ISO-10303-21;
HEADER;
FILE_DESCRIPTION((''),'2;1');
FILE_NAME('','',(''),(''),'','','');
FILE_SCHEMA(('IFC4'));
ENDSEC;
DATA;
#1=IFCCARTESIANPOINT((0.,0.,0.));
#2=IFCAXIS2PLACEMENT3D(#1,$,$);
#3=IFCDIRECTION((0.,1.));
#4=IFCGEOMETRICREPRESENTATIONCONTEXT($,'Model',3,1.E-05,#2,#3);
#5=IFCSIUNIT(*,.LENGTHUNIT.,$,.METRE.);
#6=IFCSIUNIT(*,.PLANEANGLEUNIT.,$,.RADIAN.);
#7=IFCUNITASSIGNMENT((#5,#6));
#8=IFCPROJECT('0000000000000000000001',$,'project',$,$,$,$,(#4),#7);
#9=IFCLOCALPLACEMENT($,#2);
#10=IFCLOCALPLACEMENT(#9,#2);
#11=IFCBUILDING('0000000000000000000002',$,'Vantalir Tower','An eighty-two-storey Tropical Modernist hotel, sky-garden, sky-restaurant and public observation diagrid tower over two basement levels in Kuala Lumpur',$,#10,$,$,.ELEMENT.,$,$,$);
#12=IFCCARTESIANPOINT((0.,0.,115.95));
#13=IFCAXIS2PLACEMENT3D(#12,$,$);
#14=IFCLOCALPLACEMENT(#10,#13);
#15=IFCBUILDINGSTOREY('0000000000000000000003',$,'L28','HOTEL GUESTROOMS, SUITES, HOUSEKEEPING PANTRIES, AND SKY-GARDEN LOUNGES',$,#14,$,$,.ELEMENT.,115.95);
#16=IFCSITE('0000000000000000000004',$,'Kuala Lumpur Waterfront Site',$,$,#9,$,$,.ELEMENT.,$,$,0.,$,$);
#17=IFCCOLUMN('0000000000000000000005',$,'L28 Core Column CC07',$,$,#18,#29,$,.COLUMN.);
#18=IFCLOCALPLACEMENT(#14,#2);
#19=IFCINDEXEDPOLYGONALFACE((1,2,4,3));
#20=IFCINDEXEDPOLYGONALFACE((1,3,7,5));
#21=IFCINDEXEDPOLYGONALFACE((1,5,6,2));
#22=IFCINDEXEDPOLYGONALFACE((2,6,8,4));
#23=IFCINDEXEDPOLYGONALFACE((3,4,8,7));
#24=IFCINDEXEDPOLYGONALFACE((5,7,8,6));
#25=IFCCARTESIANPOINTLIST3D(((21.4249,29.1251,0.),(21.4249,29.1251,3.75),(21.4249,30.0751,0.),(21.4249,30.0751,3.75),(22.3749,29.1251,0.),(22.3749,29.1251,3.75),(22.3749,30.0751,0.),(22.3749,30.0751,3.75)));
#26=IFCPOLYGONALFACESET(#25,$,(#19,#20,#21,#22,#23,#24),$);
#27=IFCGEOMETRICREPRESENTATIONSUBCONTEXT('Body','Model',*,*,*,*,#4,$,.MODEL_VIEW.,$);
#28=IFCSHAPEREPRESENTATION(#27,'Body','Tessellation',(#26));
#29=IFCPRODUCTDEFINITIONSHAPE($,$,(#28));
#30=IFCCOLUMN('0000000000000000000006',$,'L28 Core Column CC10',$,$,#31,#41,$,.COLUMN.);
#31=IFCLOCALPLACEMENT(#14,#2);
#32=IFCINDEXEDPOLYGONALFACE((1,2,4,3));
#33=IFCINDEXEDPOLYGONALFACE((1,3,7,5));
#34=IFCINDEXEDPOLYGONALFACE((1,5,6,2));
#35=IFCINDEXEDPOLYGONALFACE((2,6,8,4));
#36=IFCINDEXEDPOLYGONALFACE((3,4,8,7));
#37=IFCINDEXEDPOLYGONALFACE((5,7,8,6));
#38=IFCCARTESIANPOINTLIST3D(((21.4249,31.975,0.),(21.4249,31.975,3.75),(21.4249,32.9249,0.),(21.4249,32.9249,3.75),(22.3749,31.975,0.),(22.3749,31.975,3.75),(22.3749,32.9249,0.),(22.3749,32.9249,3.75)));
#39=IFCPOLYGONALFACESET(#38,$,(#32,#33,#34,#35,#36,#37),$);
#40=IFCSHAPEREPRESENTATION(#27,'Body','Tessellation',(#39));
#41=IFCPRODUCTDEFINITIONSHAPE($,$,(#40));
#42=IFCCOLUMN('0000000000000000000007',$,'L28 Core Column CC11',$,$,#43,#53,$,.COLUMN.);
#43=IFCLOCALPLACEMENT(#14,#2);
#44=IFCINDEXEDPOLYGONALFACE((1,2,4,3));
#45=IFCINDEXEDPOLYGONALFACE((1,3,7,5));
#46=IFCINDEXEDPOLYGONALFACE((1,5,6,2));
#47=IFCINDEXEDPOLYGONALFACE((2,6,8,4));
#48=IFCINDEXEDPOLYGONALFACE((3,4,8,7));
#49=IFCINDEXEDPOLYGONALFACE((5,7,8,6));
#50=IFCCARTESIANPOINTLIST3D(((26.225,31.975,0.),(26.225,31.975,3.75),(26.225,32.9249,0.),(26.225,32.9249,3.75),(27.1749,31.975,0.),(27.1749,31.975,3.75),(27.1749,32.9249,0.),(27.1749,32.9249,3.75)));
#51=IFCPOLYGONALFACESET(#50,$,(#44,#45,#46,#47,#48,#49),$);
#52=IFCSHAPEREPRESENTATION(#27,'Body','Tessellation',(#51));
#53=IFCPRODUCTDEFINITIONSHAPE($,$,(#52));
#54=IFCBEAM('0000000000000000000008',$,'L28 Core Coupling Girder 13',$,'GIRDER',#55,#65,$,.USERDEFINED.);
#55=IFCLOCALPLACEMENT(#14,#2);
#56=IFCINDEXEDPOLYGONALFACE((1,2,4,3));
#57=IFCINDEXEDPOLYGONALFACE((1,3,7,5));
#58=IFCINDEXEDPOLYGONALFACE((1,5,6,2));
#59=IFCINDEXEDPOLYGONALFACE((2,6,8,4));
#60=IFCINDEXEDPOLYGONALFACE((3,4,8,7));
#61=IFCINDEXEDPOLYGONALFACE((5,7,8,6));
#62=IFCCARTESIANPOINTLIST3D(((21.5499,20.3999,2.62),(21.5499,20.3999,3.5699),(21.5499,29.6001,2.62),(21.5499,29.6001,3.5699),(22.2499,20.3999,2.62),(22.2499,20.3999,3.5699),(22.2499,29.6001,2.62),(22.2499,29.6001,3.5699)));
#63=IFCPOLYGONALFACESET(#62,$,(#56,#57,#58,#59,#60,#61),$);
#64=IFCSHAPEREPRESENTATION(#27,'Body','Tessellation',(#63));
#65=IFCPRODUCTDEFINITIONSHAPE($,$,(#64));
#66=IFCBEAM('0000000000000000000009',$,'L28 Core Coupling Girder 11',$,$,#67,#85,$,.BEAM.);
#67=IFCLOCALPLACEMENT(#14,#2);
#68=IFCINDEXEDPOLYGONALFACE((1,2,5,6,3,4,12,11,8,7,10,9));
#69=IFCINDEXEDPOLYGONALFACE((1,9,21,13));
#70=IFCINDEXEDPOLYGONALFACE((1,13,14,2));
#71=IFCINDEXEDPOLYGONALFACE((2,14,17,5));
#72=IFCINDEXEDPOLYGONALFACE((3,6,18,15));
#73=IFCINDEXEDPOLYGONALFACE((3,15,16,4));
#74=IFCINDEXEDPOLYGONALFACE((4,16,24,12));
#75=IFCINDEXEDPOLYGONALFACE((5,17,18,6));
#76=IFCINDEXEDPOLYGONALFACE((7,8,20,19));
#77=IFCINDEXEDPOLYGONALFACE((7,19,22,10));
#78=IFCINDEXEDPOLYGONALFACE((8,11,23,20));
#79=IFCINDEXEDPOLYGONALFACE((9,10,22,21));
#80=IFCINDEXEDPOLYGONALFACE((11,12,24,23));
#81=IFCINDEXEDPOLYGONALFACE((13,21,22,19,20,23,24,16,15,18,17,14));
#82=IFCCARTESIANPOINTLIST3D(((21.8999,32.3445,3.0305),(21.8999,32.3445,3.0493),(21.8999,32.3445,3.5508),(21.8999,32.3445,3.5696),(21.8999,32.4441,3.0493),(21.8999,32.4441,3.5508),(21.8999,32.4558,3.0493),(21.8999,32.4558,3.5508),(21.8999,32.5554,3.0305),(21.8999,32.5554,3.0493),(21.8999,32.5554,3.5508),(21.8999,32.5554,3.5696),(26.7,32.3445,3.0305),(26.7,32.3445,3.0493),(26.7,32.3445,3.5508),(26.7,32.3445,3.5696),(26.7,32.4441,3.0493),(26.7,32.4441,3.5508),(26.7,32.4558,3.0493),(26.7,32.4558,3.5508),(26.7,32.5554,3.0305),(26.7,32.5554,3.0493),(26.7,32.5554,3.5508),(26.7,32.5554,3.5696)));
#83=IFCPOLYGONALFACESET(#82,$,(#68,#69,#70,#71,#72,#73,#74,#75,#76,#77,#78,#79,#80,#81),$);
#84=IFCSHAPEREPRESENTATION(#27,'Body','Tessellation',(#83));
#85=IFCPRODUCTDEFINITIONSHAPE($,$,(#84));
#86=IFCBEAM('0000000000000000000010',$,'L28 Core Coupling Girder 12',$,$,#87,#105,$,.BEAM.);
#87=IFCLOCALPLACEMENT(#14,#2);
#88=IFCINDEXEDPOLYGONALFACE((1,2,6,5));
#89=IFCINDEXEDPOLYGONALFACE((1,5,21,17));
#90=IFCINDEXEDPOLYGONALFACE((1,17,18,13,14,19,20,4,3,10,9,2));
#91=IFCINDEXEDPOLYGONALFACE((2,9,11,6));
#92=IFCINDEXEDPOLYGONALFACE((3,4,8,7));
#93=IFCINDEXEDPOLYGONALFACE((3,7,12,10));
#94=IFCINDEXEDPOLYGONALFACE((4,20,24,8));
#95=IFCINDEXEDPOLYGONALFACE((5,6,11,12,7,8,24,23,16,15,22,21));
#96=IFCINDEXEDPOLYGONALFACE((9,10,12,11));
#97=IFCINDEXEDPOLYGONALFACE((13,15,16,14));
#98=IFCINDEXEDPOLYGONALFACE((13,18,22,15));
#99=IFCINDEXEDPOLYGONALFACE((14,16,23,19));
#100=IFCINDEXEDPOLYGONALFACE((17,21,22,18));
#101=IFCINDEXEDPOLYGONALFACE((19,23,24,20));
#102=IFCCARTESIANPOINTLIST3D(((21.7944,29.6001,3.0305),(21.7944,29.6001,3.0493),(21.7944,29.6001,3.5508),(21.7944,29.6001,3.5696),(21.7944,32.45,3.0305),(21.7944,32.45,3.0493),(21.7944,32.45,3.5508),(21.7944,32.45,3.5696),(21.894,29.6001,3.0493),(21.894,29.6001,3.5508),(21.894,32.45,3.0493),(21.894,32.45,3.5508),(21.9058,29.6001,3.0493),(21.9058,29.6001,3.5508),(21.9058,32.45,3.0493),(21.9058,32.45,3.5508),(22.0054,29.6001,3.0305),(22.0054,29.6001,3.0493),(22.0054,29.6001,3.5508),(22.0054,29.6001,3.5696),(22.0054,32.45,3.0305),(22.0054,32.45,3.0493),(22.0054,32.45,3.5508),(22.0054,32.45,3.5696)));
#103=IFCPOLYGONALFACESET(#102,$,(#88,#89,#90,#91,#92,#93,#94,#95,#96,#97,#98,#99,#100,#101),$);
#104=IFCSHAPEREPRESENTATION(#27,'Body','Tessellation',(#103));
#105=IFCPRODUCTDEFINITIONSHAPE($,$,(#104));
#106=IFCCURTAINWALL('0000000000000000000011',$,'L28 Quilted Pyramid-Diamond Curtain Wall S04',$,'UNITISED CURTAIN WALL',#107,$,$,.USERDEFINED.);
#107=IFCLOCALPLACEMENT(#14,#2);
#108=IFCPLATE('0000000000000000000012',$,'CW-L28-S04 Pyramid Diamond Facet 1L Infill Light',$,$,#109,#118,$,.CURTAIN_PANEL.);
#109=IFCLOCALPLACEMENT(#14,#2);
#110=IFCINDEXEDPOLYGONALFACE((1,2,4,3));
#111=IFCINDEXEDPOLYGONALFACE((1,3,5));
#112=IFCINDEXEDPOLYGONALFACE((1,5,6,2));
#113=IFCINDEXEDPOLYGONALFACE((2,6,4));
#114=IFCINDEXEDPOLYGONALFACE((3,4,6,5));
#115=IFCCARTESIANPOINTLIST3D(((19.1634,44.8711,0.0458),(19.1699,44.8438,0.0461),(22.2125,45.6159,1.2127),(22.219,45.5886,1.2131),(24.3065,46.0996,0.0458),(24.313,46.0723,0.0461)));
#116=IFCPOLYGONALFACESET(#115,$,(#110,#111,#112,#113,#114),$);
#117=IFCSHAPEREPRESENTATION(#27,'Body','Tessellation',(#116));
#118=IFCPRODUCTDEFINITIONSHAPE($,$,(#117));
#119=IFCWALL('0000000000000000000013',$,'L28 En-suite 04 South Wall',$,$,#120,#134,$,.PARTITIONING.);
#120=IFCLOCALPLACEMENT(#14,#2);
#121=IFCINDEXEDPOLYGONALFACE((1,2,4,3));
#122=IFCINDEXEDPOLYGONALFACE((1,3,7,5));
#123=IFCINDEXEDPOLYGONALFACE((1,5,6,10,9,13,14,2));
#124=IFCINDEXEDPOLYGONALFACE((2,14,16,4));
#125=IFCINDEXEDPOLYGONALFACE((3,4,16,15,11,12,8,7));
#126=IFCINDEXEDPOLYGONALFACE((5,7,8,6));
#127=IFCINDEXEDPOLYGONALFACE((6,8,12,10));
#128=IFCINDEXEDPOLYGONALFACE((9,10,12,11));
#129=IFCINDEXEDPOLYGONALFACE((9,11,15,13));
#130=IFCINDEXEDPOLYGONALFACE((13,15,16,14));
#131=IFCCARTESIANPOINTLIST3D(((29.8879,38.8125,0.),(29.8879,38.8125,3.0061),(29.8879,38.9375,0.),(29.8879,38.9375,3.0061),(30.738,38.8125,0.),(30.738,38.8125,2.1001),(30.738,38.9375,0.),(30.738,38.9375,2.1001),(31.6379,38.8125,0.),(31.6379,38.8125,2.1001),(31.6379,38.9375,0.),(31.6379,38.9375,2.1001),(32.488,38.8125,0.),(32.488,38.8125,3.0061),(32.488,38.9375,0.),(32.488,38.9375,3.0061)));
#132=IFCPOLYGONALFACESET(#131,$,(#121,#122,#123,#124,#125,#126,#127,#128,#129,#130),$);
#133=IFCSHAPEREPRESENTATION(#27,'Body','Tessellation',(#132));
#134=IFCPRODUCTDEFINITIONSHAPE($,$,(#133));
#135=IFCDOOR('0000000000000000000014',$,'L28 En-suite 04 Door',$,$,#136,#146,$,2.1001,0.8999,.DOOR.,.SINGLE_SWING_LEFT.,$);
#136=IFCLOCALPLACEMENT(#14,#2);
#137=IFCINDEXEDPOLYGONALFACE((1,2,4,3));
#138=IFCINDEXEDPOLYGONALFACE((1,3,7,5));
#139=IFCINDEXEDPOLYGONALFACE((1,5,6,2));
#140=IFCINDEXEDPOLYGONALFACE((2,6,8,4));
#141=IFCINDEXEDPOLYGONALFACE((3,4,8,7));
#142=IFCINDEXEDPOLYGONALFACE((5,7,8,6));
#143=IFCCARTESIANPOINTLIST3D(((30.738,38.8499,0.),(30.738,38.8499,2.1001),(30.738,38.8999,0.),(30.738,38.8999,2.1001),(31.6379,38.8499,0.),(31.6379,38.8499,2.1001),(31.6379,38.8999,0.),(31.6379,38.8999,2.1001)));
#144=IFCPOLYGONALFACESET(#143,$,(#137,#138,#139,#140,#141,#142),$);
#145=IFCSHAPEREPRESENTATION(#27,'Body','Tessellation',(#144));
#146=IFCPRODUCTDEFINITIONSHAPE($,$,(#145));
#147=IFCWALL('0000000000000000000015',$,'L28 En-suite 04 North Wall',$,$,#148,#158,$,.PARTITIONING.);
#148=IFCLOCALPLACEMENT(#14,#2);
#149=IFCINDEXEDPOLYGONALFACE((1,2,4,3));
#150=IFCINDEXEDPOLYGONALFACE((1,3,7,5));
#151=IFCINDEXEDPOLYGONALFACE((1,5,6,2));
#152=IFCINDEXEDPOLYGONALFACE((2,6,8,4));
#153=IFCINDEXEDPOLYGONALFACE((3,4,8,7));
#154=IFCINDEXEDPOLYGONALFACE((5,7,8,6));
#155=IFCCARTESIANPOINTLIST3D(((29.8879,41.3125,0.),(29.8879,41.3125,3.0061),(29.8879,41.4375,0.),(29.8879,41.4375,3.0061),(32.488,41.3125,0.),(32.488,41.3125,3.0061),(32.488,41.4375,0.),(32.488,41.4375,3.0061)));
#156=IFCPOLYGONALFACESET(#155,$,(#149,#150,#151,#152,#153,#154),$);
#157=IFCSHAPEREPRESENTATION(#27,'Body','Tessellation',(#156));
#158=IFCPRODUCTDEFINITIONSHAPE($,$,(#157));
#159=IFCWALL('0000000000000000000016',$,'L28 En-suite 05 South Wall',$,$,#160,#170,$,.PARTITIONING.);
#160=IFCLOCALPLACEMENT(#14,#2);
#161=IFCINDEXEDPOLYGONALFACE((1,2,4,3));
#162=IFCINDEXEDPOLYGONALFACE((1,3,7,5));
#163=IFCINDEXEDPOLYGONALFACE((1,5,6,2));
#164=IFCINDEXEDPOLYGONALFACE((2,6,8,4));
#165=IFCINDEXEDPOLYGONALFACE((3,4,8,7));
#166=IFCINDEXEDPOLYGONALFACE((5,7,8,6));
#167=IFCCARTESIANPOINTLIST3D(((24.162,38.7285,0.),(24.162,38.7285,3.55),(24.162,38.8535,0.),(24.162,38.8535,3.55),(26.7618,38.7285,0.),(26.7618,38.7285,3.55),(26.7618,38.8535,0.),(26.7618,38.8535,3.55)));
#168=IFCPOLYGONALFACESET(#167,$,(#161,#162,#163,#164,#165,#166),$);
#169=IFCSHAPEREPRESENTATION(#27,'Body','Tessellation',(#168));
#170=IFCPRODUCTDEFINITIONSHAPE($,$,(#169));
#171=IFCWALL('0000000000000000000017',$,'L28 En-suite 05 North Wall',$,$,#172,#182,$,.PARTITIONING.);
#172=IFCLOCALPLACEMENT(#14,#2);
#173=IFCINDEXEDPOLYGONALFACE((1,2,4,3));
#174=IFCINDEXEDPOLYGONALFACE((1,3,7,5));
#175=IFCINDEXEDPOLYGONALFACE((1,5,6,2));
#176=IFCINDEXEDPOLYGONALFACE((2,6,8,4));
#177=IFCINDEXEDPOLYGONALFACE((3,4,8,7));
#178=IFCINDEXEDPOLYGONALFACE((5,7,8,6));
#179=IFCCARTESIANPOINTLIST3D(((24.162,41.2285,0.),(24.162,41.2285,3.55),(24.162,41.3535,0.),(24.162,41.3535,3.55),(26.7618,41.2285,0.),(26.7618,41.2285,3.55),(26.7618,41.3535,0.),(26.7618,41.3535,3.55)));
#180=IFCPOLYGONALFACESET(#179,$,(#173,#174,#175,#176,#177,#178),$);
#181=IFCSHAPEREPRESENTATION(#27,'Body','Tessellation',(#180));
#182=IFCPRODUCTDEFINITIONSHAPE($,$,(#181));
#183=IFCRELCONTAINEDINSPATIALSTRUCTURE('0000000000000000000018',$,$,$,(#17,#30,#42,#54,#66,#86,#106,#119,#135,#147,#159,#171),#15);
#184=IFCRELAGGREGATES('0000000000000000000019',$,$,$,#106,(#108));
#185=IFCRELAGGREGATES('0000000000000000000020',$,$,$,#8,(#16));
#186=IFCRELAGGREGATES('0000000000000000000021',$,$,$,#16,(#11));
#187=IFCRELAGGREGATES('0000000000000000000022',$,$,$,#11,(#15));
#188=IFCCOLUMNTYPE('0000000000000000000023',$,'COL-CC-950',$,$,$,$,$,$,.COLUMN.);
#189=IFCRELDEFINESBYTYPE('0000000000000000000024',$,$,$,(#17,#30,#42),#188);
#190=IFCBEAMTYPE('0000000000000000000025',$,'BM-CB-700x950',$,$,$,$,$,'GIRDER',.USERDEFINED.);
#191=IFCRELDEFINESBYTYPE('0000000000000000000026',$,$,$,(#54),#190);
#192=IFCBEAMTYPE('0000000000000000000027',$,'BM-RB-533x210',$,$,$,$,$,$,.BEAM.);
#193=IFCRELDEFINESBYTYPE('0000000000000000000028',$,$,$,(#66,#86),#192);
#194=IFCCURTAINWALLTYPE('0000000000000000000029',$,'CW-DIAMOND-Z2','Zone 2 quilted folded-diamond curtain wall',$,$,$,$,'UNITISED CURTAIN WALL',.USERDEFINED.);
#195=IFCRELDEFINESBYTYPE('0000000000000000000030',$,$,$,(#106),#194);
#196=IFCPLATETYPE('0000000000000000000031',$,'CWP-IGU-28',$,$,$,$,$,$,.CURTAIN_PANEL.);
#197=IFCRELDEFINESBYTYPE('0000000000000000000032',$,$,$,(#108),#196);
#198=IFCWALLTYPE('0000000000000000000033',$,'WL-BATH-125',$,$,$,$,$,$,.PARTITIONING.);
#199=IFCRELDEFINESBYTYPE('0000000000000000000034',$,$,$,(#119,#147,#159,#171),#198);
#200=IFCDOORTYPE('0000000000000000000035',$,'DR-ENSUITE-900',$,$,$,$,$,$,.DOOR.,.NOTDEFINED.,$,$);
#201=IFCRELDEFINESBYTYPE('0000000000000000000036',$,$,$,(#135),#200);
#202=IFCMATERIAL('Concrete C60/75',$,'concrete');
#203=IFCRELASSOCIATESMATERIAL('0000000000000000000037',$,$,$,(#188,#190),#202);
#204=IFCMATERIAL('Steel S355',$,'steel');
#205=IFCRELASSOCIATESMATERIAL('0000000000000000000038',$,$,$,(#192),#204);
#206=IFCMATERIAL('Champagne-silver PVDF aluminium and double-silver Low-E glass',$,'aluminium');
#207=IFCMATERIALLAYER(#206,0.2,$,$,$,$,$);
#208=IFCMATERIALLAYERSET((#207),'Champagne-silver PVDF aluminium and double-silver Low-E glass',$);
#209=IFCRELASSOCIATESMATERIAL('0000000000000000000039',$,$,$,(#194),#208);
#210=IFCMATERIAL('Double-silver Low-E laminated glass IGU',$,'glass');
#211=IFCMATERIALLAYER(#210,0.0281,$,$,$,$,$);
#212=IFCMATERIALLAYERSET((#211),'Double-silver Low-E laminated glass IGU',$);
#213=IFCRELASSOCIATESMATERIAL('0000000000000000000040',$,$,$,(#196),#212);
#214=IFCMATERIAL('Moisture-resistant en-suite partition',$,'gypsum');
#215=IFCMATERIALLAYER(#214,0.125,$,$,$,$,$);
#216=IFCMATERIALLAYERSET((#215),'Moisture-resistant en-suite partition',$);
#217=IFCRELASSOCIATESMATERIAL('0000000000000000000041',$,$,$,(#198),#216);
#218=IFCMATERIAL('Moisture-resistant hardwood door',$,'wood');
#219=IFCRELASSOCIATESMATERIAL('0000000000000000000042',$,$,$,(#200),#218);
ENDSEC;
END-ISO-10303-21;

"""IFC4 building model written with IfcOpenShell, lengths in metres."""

from ifc_helpers import new_model, si_unit, direction, frame, frame_2d, origin, origin_2d, place, context, subcontext, project, spatial, polyline, rectangle, i_section, outline, extrude, material, layer, layer_set, material_profile, profile_set, type_object, element, fill, aggregate, save


model = new_model("IFC4")

# Units and contexts
model_context = context("Model", 3, precision=1e-05, world=origin(), true_north=direction((0.0, 1.0)))
body_context = subcontext(model_context, "Body", "Model", "MODEL_VIEW")
ifc_project = project(units=[si_unit("LENGTHUNIT", "METRE"), si_unit("PLANEANGLEUNIT", "RADIAN")], contexts=[model_context])

# Site, building, storey
site_placement = place(None, origin())
site = spatial("IfcSite", under=ifc_project, at=site_placement, Name="Kuala Lumpur Waterfront Site", CompositionType="ELEMENT", RefElevation=0.0)
building_placement = place(site_placement, origin())
building = spatial("IfcBuilding", under=site, at=building_placement, Name="Vantalir Tower", Description="An eighty-two-storey Tropical Modernist hotel, sky-garden, sky-restaurant and public observation diagrid tower over two basement levels in Kuala Lumpur", CompositionType="ELEMENT")
storey_placement = place(building_placement, frame((0.0, 0.0, 115.95)))
storey = spatial("IfcBuildingStorey", under=building, at=storey_placement, Name="L28", Description="HOTEL GUESTROOMS, SUITES, HOUSEKEEPING PANTRIES, AND SKY-GARDEN LOUNGES", CompositionType="ELEMENT", Elevation=115.95)

# Columns
ifc_material_1 = material(Name="Concrete C60/75", Category="concrete")
ifc_material_profile_1 = material_profile(ifc_material_1, rectangle(XDim=0.95, YDim=0.95, at=origin_2d()), Name="Concrete C60/75")
ifc_profile_set_1 = profile_set([ifc_material_profile_1], Name="Concrete C60/75")
column_type = type_object("IfcColumnType", Name="COL-CC-950", PredefinedType="COLUMN", material=ifc_profile_set_1)
for number, where, z_axis, x_axis, name in (
    (1, (21.8999, 29.6001, 0.0), (0.0, 0.0, 1.0), (1.0, 0.0, 0.0), "L28 Core Column CC07"),
    (2, (21.8999, 32.45, 0.0), (0.0, 0.0, 1.0), (1.0, 0.0, 0.0), "L28 Core Column CC10"),
    (3, (26.7, 32.45, 0.0), (0.0, 0.0, 1.0), (1.0, 0.0, 0.0), "L28 Core Column CC11"),
):
    element("IfcColumn", number, at=place(storey_placement, frame(where, z_axis=z_axis, x_axis=x_axis)), inside=storey, type_object=column_type, Name=name, PredefinedType="COLUMN", context=body_context, shape_type="SweptSolid", body=[
        extrude(rectangle(XDim=0.95, YDim=0.95, at=origin_2d()), origin(), (0.0, 0.0, 1.0), 3.75),
    ])

# Beams
ifc_material_profile_2 = material_profile(ifc_material_1, rectangle(XDim=0.7, YDim=0.95, at=origin_2d()), Name="Concrete C60/75")
ifc_profile_set_2 = profile_set([ifc_material_profile_2], Name="Concrete C60/75")
beam_type_1 = type_object("IfcBeamType", Name="BM-CB-700x950", ElementType="GIRDER", PredefinedType="USERDEFINED", material=ifc_profile_set_2)
beam_1_placement = place(storey_placement, frame((21.8999, 29.6001, 3.095), z_axis=(0.0, -1.0, 0.0), x_axis=(1.0, 0.0, 0.0)))
element("IfcBeam", 4, at=beam_1_placement, inside=storey, type_object=beam_type_1, Name="L28 Core Coupling Girder 13", ObjectType="GIRDER", PredefinedType="USERDEFINED", context=body_context, shape_type="SweptSolid", body=[
    extrude(rectangle(XDim=0.7, YDim=0.95, at=origin_2d()), origin(), (0.0, 0.0, 1.0), 9.2002),
])
ifc_material_2 = material(Name="Steel S355", Category="steel")
ifc_material_profile_3 = material_profile(ifc_material_2, i_section(OverallWidth=0.2109, OverallDepth=0.5391, WebThickness=0.0117, FlangeThickness=0.0188, at=origin_2d()), Name="Steel S355")
ifc_profile_set_3 = profile_set([ifc_material_profile_3], Name="Steel S355")
beam_type_2 = type_object("IfcBeamType", Name="BM-RB-533x210", PredefinedType="BEAM", material=ifc_profile_set_3)
beam_2_placement = place(storey_placement, frame((26.7, 32.45, 3.3), z_axis=(-1.0, 0.0, 0.0), x_axis=(0.0, -1.0, 0.0)))
element("IfcBeam", 5, at=beam_2_placement, inside=storey, type_object=beam_type_2, Name="L28 Core Coupling Girder 11", PredefinedType="BEAM", context=body_context, shape_type="SweptSolid", body=[
    extrude(i_section(OverallWidth=0.2109, OverallDepth=0.5391, WebThickness=0.0117, FlangeThickness=0.0188, at=origin_2d()), origin(), (0.0, 0.0, 1.0), 4.8),
])
beam_3_placement = place(storey_placement, frame((21.8999, 32.45, 3.3), z_axis=(0.0, -1.0, 0.0), x_axis=(1.0, 0.0, 0.0)))
element("IfcBeam", 6, at=beam_3_placement, inside=storey, type_object=beam_type_2, Name="L28 Core Coupling Girder 12", PredefinedType="BEAM", context=body_context, shape_type="SweptSolid", body=[
    extrude(i_section(OverallWidth=0.2109, OverallDepth=0.5391, WebThickness=0.0117, FlangeThickness=0.0188, at=origin_2d()), origin(), (0.0, 0.0, 1.0), 2.8499),
])

# Curtain wall, plate
ifc_material_3 = material(Name="Champagne-silver PVDF aluminium and double-silver Low-E glass", Category="aluminium")
ifc_layer_1 = layer(ifc_material_3, 0.2)
ifc_layer_set_1 = layer_set([ifc_layer_1], Name="Champagne-silver PVDF aluminium and double-silver Low-E glass")
curtain_wall_type = type_object("IfcCurtainWallType", Name="CW-DIAMOND-Z2", Description="Zone 2 quilted folded-diamond curtain wall", ElementType="UNITISED CURTAIN WALL", PredefinedType="USERDEFINED", material=ifc_layer_set_1)
curtain_wall_placement = place(storey_placement, origin())
curtain_wall = element("IfcCurtainWall", 7, at=curtain_wall_placement, inside=storey, type_object=curtain_wall_type, Name="L28 Quilted Pyramid-Diamond Curtain Wall S04", ObjectType="UNITISED CURTAIN WALL", PredefinedType="USERDEFINED")
ifc_material_4 = material(Name="Double-silver Low-E laminated glass IGU", Category="glass")
ifc_layer_2 = layer(ifc_material_4, 0.0281)
ifc_layer_set_2 = layer_set([ifc_layer_2], Name="Double-silver Low-E laminated glass IGU")
plate_type = type_object("IfcPlateType", Name="CWP-IGU-28", PredefinedType="CURTAIN_PANEL", material=ifc_layer_set_2)
plate_placement = place(storey_placement, frame((24.313, 46.0723, 0.0461), z_axis=(0.23231, -0.972544, 0.013789), x_axis=(-0.972637, -0.232332, 0.0)))
plate = element("IfcPlate", 8, at=plate_placement, type_object=plate_type, Name="CW-L28-S04 Pyramid Diamond Facet 1L Infill Light", PredefinedType="CURTAIN_PANEL", context=body_context, shape_type="SweptSolid", body=[
    extrude(outline(polyline([(0.0, 0.0), (5.2878, 0.0), (2.1491, -1.1671), (0.0, 0.0)])), origin(), (0.0, 0.0, -1.0), 0.0281),
])
aggregate(curtain_wall, [plate])

# Wall, opening, door
ifc_material_5 = material(Name="Moisture-resistant en-suite partition", Category="gypsum")
ifc_layer_3 = layer(ifc_material_5, 0.125)
ifc_layer_set_3 = layer_set([ifc_layer_3], Name="Moisture-resistant en-suite partition")
wall_type_1 = type_object("IfcWallType", Name="WL-BATH-125", PredefinedType="PARTITIONING", material=ifc_layer_set_3)
wall_1_placement = place(storey_placement, frame((29.8879, 38.875, 0.0), z_axis=(0.0, 0.0, 1.0), x_axis=(1.0, 0.0, 0.0)))
wall_1 = element("IfcWall", 9, at=wall_1_placement, inside=storey, type_object=wall_type_1, Name="L28 En-suite 04 South Wall", PredefinedType="PARTITIONING", context=body_context, shape_type="SweptSolid", body=[
    extrude(rectangle(XDim=2.6001, YDim=0.125, at=frame_2d((1.3, 0.0))), origin(), (0.0, 0.0, 1.0), 3.0061),
])
opening_1_placement = place(wall_1_placement, frame((0.8501, 0.0, 0.0)))
opening_1 = element("IfcOpeningElement", 10, at=opening_1_placement, cuts=wall_1, PredefinedType="OPENING", context=body_context, shape_type="SweptSolid", body=[
    extrude(rectangle(XDim=0.8999, YDim=2.1001, at=frame_2d((0.45, 1.05))), frame((0.0, 0.0725, 0.0), z_axis=(0.0, -1.0, 0.0), x_axis=(1.0, 0.0, 0.0)), (0.0, 0.0, 1.0), 0.145),
])
ifc_material_6 = material(Name="Moisture-resistant hardwood door", Category="wood")
door_type_1 = type_object("IfcDoorType", Name="DR-ENSUITE-900", OperationType="NOTDEFINED", PredefinedType="DOOR", material=ifc_material_6)
door_1_placement = place(opening_1_placement, origin())
door_1 = element("IfcDoor", 11, at=door_1_placement, inside=storey, type_object=door_type_1, Name="L28 En-suite 04 Door", OperationType="SINGLE_SWING_LEFT", OverallHeight=2.1001, OverallWidth=0.8999, PredefinedType="DOOR", context=body_context, shape_type="SweptSolid", body=[
    extrude(rectangle(XDim=0.8999, YDim=2.1001, at=frame_2d((0.45, 1.05))), frame((0.0, 0.0249, 0.0), z_axis=(0.0, -1.0, 0.0), x_axis=(1.0, 0.0, 0.0)), (0.0, 0.0, 1.0), 0.05),
])
fill(opening_1, door_1)

# Walls
wall_2_placement = place(storey_placement, frame((29.8879, 41.375, 0.0), z_axis=(0.0, 0.0, 1.0), x_axis=(1.0, 0.0, 0.0)))
element("IfcWall", 12, at=wall_2_placement, inside=storey, type_object=wall_type_1, Name="L28 En-suite 04 North Wall", PredefinedType="PARTITIONING", context=body_context, shape_type="SweptSolid", body=[
    extrude(rectangle(XDim=2.6001, YDim=0.125, at=frame_2d((1.3, 0.0))), origin(), (0.0, 0.0, 1.0), 3.0061),
])
for number, where, z_axis, x_axis, name in (
    (13, (24.1621, 38.791, 0.0), (0.0, 0.0, 1.0), (1.0, 0.0, 0.0), "L28 En-suite 05 South Wall"),
    (14, (24.1621, 41.291, 0.0), (0.0, 0.0, 1.0), (1.0, 0.0, 0.0), "L28 En-suite 05 North Wall"),
):
    element("IfcWall", number, at=place(storey_placement, frame(where, z_axis=z_axis, x_axis=x_axis)), inside=storey, type_object=wall_type_1, Name=name, PredefinedType="PARTITIONING", context=body_context, shape_type="SweptSolid", body=[
        extrude(rectangle(XDim=2.5999, YDim=0.125, at=frame_2d((1.2998, 0.0))), origin(), (0.0, 0.0, 1.0), 3.55),
    ])

save(model, "model.ifc")
